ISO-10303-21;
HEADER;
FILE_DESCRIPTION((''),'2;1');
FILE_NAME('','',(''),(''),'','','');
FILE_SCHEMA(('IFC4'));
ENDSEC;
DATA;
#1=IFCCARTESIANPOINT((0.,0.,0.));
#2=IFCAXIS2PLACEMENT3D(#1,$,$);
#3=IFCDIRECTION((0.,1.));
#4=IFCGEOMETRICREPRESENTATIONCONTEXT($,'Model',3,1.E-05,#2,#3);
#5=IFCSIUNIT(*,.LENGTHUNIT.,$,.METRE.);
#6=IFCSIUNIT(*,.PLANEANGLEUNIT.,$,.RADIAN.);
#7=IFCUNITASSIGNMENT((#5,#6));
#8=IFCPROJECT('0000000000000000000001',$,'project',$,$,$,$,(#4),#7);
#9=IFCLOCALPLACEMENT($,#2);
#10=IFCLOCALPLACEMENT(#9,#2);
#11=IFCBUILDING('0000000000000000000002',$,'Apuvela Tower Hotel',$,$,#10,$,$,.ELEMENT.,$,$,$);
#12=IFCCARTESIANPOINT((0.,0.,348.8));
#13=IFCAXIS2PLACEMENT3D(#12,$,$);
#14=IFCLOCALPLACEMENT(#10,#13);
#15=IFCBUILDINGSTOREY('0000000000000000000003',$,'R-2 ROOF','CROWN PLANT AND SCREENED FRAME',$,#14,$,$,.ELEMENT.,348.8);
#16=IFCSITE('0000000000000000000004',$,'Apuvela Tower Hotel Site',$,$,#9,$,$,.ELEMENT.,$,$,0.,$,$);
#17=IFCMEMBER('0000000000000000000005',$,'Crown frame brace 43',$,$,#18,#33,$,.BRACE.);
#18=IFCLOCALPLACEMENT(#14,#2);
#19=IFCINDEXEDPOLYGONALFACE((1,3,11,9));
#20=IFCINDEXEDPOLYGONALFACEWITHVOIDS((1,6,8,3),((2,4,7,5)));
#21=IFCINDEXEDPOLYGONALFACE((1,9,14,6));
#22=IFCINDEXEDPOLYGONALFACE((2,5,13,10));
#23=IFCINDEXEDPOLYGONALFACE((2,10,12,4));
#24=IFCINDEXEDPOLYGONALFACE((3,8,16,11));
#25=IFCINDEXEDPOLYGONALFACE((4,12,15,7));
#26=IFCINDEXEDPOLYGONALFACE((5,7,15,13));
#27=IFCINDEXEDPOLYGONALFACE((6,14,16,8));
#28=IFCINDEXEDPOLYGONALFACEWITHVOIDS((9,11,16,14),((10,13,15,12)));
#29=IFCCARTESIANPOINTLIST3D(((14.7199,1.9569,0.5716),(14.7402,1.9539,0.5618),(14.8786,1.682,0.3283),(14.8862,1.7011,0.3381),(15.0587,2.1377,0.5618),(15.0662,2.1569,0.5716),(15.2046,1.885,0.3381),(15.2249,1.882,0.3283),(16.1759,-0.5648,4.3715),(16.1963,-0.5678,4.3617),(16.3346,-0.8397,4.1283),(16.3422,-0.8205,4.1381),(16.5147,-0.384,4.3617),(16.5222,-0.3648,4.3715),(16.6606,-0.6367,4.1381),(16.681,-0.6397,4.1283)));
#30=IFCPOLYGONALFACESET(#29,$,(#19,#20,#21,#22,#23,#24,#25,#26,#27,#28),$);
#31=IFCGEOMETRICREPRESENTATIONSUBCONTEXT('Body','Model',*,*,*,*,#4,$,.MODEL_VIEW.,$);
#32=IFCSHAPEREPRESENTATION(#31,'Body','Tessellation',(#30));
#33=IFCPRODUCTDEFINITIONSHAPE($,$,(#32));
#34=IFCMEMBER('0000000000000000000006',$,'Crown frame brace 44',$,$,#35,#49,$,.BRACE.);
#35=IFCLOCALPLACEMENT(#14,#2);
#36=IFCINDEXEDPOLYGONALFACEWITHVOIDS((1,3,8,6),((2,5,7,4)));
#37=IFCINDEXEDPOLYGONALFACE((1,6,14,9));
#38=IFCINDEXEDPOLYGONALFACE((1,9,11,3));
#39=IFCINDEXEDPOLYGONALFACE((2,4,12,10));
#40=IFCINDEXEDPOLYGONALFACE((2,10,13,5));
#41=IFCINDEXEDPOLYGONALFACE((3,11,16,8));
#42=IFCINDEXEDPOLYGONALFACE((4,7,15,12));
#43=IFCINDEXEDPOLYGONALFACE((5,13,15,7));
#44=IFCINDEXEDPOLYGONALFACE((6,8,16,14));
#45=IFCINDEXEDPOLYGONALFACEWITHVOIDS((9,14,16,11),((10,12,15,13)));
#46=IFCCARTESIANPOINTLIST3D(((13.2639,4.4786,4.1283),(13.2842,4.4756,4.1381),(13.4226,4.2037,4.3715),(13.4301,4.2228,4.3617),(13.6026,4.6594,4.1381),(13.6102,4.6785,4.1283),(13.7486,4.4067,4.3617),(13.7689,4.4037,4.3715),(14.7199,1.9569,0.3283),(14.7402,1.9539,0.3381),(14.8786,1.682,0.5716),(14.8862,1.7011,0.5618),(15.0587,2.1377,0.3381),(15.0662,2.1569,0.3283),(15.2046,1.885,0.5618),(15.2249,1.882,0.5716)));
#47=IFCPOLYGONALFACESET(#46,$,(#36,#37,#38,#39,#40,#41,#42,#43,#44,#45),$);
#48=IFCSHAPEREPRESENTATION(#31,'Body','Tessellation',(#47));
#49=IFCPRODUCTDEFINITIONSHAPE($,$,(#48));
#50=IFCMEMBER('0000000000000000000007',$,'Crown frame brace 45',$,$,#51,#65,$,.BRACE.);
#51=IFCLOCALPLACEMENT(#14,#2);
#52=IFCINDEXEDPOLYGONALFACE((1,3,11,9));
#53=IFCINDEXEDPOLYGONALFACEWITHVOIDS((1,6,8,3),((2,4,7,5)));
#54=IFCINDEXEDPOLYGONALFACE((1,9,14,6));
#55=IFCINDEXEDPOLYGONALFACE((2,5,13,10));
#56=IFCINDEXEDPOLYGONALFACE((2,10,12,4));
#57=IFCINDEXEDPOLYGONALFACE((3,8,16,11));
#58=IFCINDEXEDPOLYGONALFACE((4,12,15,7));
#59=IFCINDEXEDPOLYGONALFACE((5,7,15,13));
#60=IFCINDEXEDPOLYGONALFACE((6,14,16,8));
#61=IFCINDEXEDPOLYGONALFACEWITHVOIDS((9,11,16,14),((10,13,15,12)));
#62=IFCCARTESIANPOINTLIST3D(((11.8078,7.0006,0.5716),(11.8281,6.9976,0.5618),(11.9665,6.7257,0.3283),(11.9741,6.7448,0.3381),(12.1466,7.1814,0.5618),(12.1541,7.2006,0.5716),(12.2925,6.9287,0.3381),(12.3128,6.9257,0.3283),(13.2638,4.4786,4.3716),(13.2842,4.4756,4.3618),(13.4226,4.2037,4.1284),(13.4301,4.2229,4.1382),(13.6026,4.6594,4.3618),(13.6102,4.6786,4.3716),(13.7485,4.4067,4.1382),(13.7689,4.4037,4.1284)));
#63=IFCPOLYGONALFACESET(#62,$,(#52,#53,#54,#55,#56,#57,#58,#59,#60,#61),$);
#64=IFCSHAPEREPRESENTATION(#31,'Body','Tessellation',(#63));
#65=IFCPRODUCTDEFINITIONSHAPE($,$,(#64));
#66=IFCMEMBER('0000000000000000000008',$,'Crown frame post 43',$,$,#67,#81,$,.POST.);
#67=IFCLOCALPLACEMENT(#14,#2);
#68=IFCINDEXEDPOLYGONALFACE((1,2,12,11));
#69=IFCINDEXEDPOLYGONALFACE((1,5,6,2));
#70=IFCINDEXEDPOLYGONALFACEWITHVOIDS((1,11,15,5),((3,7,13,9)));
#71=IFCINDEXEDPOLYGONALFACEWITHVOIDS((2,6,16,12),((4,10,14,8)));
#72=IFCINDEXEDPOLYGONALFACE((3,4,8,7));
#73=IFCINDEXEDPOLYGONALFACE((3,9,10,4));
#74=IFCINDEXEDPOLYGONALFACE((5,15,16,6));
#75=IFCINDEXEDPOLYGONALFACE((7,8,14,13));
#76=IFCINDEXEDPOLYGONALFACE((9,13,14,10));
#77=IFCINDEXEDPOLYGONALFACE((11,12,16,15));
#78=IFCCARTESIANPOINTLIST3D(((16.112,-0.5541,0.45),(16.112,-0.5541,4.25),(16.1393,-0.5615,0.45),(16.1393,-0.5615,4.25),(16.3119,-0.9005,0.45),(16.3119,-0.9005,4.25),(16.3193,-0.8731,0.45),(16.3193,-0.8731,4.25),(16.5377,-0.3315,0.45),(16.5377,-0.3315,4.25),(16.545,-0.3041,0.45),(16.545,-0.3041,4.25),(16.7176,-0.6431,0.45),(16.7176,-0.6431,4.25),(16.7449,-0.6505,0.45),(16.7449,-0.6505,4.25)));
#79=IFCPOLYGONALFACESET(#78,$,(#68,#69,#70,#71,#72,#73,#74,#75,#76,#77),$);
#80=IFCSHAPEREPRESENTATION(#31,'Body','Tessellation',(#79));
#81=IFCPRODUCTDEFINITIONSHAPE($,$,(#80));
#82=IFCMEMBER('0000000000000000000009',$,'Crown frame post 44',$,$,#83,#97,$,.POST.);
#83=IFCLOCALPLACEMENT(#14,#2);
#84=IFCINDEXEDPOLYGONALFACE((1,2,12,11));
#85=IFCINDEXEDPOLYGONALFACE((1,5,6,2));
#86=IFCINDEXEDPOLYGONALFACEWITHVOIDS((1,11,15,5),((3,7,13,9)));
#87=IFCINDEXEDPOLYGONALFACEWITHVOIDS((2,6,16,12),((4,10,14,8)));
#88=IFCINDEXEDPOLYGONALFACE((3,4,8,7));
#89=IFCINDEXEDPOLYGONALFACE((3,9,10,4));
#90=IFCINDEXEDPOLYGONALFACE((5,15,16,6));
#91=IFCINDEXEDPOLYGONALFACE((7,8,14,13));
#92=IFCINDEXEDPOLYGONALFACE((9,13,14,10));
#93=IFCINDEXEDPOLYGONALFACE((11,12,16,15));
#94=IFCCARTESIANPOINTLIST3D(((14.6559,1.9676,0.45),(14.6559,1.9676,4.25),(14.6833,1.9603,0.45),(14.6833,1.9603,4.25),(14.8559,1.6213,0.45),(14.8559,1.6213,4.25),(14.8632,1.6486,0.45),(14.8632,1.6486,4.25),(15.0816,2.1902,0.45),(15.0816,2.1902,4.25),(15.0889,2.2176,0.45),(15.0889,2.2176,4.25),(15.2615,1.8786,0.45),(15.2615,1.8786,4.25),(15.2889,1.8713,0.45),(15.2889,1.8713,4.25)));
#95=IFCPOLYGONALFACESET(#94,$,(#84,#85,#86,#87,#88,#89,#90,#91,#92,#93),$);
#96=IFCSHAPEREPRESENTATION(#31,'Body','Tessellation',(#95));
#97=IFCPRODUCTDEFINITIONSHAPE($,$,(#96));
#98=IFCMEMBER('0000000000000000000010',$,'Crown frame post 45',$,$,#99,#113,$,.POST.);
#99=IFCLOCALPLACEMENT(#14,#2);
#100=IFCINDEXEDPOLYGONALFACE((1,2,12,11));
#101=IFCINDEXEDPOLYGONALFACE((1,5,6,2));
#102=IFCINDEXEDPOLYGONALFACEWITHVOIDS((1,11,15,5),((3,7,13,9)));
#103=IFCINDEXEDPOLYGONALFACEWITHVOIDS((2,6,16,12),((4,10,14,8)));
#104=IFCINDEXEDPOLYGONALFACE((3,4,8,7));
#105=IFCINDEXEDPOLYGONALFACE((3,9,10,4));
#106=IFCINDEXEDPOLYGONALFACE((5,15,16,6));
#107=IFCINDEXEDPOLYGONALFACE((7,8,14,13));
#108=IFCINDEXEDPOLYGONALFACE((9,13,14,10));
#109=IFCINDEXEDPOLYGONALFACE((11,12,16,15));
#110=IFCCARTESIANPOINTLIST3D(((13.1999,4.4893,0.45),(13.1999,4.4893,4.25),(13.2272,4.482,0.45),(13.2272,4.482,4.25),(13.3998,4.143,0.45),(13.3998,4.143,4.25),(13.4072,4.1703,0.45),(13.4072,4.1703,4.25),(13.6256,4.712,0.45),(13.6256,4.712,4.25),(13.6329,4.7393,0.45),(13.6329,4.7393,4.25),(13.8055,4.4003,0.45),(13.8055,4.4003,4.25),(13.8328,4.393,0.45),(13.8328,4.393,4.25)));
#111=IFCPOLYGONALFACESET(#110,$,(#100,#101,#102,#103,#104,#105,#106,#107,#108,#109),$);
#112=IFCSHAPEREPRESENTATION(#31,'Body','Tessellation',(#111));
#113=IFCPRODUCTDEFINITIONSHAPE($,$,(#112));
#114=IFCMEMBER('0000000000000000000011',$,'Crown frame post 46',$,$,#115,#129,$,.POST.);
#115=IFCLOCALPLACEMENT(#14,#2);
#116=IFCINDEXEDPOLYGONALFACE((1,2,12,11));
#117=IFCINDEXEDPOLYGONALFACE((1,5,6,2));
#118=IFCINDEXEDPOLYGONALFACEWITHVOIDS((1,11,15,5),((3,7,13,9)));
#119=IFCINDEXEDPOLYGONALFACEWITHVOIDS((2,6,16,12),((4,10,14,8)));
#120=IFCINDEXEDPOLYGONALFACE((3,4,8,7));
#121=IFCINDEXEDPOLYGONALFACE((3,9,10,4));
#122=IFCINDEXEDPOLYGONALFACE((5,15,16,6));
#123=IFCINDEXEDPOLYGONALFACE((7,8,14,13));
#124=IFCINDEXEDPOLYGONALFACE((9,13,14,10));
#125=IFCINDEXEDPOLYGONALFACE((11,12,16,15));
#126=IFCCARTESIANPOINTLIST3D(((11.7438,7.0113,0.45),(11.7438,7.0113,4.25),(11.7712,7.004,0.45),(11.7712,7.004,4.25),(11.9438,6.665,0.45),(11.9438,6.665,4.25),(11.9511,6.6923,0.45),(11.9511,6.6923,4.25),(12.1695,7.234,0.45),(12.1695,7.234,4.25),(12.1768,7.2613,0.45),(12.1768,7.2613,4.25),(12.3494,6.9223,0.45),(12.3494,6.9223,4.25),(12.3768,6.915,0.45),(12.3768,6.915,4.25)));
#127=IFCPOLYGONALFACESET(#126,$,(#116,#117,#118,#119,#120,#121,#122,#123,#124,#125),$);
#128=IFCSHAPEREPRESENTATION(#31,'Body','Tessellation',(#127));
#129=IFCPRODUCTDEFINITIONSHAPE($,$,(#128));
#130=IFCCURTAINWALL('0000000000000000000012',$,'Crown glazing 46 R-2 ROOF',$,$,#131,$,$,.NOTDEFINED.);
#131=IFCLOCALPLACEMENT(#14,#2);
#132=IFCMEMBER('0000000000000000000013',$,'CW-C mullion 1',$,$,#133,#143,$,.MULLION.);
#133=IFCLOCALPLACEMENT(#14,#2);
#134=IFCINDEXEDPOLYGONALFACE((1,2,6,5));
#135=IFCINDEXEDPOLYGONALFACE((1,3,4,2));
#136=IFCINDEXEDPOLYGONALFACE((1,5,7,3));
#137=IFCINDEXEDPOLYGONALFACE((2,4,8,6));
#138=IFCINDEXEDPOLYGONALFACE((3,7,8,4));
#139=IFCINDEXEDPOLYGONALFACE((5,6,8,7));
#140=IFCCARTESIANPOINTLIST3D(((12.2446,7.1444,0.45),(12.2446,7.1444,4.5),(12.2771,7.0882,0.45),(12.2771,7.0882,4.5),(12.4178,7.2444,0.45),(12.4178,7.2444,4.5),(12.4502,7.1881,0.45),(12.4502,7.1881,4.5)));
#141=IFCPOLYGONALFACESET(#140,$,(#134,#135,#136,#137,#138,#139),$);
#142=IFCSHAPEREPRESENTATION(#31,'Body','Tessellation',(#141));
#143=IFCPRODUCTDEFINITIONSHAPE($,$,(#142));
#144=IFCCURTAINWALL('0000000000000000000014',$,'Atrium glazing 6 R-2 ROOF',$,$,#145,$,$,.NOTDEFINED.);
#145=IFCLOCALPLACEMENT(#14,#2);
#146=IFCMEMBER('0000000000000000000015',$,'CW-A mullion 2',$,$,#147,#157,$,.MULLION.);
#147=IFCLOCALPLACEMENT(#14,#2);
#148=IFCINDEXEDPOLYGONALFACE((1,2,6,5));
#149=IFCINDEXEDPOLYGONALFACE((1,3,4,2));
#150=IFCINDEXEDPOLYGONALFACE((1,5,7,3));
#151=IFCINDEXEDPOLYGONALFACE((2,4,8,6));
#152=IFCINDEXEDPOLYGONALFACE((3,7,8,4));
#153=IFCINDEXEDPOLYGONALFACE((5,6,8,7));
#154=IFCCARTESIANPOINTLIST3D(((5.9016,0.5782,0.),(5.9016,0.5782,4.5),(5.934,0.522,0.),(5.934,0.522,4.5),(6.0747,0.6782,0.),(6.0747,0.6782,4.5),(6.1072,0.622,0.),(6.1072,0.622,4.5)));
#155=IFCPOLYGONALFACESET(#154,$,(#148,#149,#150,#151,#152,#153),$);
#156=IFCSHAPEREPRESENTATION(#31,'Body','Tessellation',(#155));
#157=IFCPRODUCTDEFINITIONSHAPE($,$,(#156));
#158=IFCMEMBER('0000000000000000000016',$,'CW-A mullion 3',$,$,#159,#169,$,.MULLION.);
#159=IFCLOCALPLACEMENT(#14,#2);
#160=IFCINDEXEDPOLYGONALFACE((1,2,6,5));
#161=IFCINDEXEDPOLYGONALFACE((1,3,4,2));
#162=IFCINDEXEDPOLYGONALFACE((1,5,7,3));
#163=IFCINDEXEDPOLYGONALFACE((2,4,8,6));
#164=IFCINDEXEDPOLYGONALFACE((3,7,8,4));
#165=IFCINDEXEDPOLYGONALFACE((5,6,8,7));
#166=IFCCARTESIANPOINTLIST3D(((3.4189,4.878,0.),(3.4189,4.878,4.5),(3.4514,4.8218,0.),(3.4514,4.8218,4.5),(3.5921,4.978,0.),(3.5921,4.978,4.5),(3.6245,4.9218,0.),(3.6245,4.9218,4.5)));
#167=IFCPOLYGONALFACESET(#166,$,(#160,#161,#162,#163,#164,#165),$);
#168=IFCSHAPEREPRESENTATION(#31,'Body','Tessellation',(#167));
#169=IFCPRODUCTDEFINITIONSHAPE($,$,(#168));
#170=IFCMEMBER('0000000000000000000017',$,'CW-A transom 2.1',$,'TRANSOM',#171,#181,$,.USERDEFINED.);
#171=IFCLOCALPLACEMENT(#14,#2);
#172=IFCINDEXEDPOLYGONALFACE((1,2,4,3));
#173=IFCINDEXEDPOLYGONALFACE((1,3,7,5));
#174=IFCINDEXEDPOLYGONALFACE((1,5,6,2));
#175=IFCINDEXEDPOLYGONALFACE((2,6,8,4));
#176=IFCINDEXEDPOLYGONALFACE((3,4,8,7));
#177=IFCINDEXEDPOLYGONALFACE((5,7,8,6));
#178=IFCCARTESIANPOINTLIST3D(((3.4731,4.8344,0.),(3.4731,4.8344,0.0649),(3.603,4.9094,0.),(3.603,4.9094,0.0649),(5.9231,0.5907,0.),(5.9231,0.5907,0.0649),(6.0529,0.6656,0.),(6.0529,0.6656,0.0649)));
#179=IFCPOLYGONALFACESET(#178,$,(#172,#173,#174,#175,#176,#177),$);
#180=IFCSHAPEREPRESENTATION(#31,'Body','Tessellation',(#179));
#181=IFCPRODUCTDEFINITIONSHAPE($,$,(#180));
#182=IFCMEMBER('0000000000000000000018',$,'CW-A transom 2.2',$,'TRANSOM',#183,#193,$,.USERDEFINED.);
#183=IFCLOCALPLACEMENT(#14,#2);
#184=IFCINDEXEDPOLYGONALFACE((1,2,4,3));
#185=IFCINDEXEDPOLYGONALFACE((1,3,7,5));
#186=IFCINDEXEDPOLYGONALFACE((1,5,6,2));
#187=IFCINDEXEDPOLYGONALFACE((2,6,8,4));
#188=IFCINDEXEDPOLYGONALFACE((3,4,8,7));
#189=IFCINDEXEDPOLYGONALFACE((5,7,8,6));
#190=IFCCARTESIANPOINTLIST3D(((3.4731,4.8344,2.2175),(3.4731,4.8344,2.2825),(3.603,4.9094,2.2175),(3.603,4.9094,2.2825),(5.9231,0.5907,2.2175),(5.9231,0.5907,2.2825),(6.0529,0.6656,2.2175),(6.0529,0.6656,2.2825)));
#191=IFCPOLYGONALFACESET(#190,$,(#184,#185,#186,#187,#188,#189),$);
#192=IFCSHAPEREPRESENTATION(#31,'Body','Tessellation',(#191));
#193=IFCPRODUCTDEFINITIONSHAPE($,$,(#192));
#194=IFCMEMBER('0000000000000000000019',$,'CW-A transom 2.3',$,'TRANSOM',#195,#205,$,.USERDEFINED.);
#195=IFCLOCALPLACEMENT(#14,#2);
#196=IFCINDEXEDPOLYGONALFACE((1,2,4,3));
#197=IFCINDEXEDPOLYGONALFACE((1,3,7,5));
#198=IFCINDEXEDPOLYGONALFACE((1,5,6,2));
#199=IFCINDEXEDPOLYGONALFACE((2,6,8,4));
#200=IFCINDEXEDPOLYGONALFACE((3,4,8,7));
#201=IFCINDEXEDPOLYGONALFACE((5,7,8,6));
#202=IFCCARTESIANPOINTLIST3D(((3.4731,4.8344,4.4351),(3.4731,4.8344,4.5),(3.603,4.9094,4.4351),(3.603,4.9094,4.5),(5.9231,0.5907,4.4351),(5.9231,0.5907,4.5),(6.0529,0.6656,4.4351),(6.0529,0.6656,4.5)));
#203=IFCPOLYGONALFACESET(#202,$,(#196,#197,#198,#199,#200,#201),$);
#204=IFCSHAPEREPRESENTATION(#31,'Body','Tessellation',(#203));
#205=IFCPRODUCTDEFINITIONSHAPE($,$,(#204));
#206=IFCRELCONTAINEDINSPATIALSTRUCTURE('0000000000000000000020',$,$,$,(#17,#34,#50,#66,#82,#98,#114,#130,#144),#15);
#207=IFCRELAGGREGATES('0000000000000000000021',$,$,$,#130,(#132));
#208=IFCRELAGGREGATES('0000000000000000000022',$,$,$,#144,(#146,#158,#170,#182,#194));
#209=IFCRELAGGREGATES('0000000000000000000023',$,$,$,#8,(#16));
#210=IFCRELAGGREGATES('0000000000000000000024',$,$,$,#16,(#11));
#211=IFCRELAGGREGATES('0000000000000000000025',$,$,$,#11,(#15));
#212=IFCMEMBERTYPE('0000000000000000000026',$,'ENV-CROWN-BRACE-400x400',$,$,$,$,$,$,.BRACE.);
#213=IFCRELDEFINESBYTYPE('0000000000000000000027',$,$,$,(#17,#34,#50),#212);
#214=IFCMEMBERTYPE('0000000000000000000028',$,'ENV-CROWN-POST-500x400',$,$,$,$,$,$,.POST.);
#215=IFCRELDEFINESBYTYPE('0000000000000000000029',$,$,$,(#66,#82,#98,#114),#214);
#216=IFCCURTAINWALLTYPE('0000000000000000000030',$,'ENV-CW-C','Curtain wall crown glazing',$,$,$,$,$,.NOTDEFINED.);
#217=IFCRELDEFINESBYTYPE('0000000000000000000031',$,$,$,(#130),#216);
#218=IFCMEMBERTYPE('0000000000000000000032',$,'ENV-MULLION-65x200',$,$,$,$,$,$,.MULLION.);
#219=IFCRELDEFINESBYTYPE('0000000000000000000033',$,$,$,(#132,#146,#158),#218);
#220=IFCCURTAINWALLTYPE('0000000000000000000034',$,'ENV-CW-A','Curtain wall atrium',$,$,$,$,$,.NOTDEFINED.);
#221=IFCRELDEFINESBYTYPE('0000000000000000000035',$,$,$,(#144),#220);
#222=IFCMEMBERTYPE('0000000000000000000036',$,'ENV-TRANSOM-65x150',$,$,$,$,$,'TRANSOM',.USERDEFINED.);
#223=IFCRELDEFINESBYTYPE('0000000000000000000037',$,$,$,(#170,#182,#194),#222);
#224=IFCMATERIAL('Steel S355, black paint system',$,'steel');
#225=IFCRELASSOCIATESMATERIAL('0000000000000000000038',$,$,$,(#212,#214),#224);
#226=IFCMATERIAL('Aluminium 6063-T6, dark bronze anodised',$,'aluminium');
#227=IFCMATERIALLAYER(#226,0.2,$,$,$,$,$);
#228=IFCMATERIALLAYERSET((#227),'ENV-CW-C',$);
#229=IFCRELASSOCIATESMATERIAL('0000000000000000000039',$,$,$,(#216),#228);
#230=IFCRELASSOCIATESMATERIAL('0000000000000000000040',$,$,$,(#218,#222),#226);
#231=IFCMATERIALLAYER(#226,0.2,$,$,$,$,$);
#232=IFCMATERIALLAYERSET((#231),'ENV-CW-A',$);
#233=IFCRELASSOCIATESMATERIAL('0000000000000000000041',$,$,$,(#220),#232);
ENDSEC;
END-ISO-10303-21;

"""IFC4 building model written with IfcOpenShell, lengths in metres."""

from ifc_helpers import new_model, si_unit, direction, frame, origin, origin_2d, place, context, subcontext, project, spatial, rectangle, hollow_rectangle, extrude, material, layer, layer_set, material_profile, profile_set, type_object, element, aggregate, save


model = new_model("IFC4")

# Units and contexts
model_context = context("Model", 3, precision=1e-05, world=origin(), true_north=direction((0.0, 1.0)))
body_context = subcontext(model_context, "Body", "Model", "MODEL_VIEW")
ifc_project = project(units=[si_unit("LENGTHUNIT", "METRE"), si_unit("PLANEANGLEUNIT", "RADIAN")], contexts=[model_context])

# Site, building, storey
site_placement = place(None, origin())
site = spatial("IfcSite", under=ifc_project, at=site_placement, Name="Apuvela Tower Hotel Site", CompositionType="ELEMENT", RefElevation=0.0)
building_placement = place(site_placement, origin())
building = spatial("IfcBuilding", under=site, at=building_placement, Name="Apuvela Tower Hotel", CompositionType="ELEMENT")
storey_placement = place(building_placement, frame((0.0, 0.0, 348.8)))
storey = spatial("IfcBuildingStorey", under=building, at=storey_placement, Name="R-2 ROOF", Description="CROWN PLANT AND SCREENED FRAME", CompositionType="ELEMENT", Elevation=348.8)

# Members
ifc_material_1 = material(Name="Steel S355, black paint system", Category="steel")
ifc_material_profile_1 = material_profile(ifc_material_1, hollow_rectangle(XDim=0.3999, YDim=0.3999, WallThickness=0.0161, at=origin_2d()), Name="HSS 400x400x16")
ifc_profile_set_1 = profile_set([ifc_material_profile_1], Name="Steel S355, black paint system")
member_type_1 = type_object("IfcMemberType", Name="ENV-CROWN-BRACE-400x400", PredefinedType="BRACE", material=ifc_profile_set_1)
for number, where, z_axis, x_axis, name in (
    (1, (14.9724, 1.9194, 0.45), (0.304141, -0.526738, 0.793754), (0.866005, 0.500035, 0.0), "Crown frame brace 43"),
    (2, (14.9724, 1.9194, 0.45), (-0.304141, 0.526738, 0.793754), (-0.866005, -0.500035, 0.0), "Crown frame brace 44"),
):
    element("IfcMember", number, at=place(storey_placement, frame(where, z_axis=z_axis, x_axis=x_axis)), inside=storey, type_object=member_type_1, Name=name, PredefinedType="BRACE", context=body_context, shape_type="SweptSolid", body=[
        extrude(hollow_rectangle(XDim=0.3999, YDim=0.3999, WallThickness=0.0161, at=origin_2d()), origin(), (0.0, 0.0, 1.0), 4.7874),
    ])
member_1_placement = place(storey_placement, frame((12.0603, 6.9631, 0.45), z_axis=(0.304132, -0.526775, 0.793733), x_axis=(0.866026, 0.499998, 0.0)))
element("IfcMember", 3, at=member_1_placement, inside=storey, type_object=member_type_1, Name="Crown frame brace 45", PredefinedType="BRACE", context=body_context, shape_type="SweptSolid", body=[
    extrude(hollow_rectangle(XDim=0.3999, YDim=0.3999, WallThickness=0.0161, at=origin_2d()), origin(), (0.0, 0.0, 1.0), 4.7876),
])
ifc_material_profile_2 = material_profile(ifc_material_1, hollow_rectangle(XDim=0.3999, YDim=0.5, WallThickness=0.02, at=origin_2d()), Name="HSS 500x400x20")
ifc_profile_set_2 = profile_set([ifc_material_profile_2], Name="Steel S355, black paint system")
member_type_2 = type_object("IfcMemberType", Name="ENV-CROWN-POST-500x400", PredefinedType="POST", material=ifc_profile_set_2)
for number, where, z_axis, x_axis, name in (
    (4, (16.4285, -0.6023, 0.45), (0.0, 0.0, 1.0), (-0.5, 0.866025, 0.0), "Crown frame post 43"),
    (5, (14.9724, 1.9194, 0.45), (0.0, 0.0, 1.0), (-0.5, 0.866025, 0.0), "Crown frame post 44"),
    (6, (13.5164, 4.4412, 0.45), (0.0, 0.0, 1.0), (-0.5, 0.866025, 0.0), "Crown frame post 45"),
    (7, (12.0603, 6.9631, 0.45), (0.0, 0.0, 1.0), (-0.5, 0.866025, 0.0), "Crown frame post 46"),
):
    element("IfcMember", number, at=place(storey_placement, frame(where, z_axis=z_axis, x_axis=x_axis)), inside=storey, type_object=member_type_2, Name=name, PredefinedType="POST", context=body_context, shape_type="SweptSolid", body=[
        extrude(hollow_rectangle(XDim=0.3999, YDim=0.5, WallThickness=0.02, at=origin_2d()), origin(), (0.0, 0.0, 1.0), 3.8),
    ])

# Curtain wall, member
ifc_material_2 = material(Name="Aluminium 6063-T6, dark bronze anodised", Category="aluminium")
ifc_layer_1 = layer(ifc_material_2, 0.2)
ifc_layer_set_1 = layer_set([ifc_layer_1], Name="ENV-CW-C")
curtain_wall_type_1 = type_object("IfcCurtainWallType", Name="ENV-CW-C", Description="Curtain wall crown glazing", PredefinedType="NOTDEFINED", material=ifc_layer_set_1)
curtain_wall_1_placement = place(storey_placement, origin())
curtain_wall_1 = element("IfcCurtainWall", 8, at=curtain_wall_1_placement, inside=storey, type_object=curtain_wall_type_1, Name="Crown glazing 46 R-2 ROOF", PredefinedType="NOTDEFINED")
ifc_material_profile_3 = material_profile(ifc_material_2, rectangle(XDim=0.2, YDim=0.0649, at=origin_2d()), Name="AL 65x200")
ifc_profile_set_3 = profile_set([ifc_material_profile_3], Name="Aluminium 6063-T6, dark bronze anodised")
member_type_3 = type_object("IfcMemberType", Name="ENV-MULLION-65x200", PredefinedType="MULLION", material=ifc_profile_set_3)
member_2_placement = place(storey_placement, frame((12.3474, 7.1663, 0.45), z_axis=(0.0, 0.0, 1.0), x_axis=(-0.866022, -0.500006, 0.0)))
member_2 = element("IfcMember", 9, at=member_2_placement, type_object=member_type_3, Name="CW-C mullion 1", PredefinedType="MULLION", context=body_context, shape_type="SweptSolid", body=[
    extrude(rectangle(XDim=0.2, YDim=0.0649, at=origin_2d()), origin(), (0.0, 0.0, 1.0), 4.05),
])
aggregate(curtain_wall_1, [member_2])

# Curtain wall, members
ifc_layer_2 = layer(ifc_material_2, 0.2)
ifc_layer_set_2 = layer_set([ifc_layer_2], Name="ENV-CW-A")
curtain_wall_type_2 = type_object("IfcCurtainWallType", Name="ENV-CW-A", Description="Curtain wall atrium", PredefinedType="NOTDEFINED", material=ifc_layer_set_2)
curtain_wall_2_placement = place(storey_placement, origin())
curtain_wall_2 = element("IfcCurtainWall", 10, at=curtain_wall_2_placement, inside=storey, type_object=curtain_wall_type_2, Name="Atrium glazing 6 R-2 ROOF", PredefinedType="NOTDEFINED")
member_3_placement = place(storey_placement, frame((6.0044, 0.6001, 0.0), z_axis=(0.0, 0.0, 1.0), x_axis=(-0.866026, -0.499999, 0.0)))
member_3 = element("IfcMember", 11, at=member_3_placement, type_object=member_type_3, Name="CW-A mullion 2", PredefinedType="MULLION", context=body_context, shape_type="SweptSolid", body=[
    extrude(rectangle(XDim=0.2, YDim=0.0649, at=origin_2d()), origin(), (0.0, 0.0, 1.0), 4.5),
])
member_4_placement = place(storey_placement, frame((3.5217, 4.8999, 0.0), z_axis=(0.0, 0.0, 1.0), x_axis=(-0.866026, -0.499999, 0.0)))
member_4 = element("IfcMember", 12, at=member_4_placement, type_object=member_type_3, Name="CW-A mullion 3", PredefinedType="MULLION", context=body_context, shape_type="SweptSolid", body=[
    extrude(rectangle(XDim=0.2, YDim=0.0649, at=origin_2d()), origin(), (0.0, 0.0, 1.0), 4.5),
])
ifc_material_profile_4 = material_profile(ifc_material_2, rectangle(XDim=0.1499, YDim=0.0649, at=origin_2d()), Name="AL 65x150 transom")
ifc_profile_set_4 = profile_set([ifc_material_profile_4], Name="Aluminium 6063-T6, dark bronze anodised")
member_type_4 = type_object("IfcMemberType", Name="ENV-TRANSOM-65x150", ElementType="TRANSOM", PredefinedType="USERDEFINED", material=ifc_profile_set_4)
member_5_placement = place(storey_placement, frame((5.988, 0.6282, 0.0325), z_axis=(-0.499981, 0.866036, 0.0), x_axis=(-0.866036, -0.499981, 0.0)))
member_5 = element("IfcMember", 13, at=member_5_placement, type_object=member_type_4, Name="CW-A transom 2.1", ObjectType="TRANSOM", PredefinedType="USERDEFINED", context=body_context, shape_type="SweptSolid", body=[
    extrude(rectangle(XDim=0.1499, YDim=0.0649, at=origin_2d()), origin(), (0.0, 0.0, 1.0), 4.9001),
])
member_6_placement = place(storey_placement, frame((5.988, 0.6282, 2.25), z_axis=(-0.499981, 0.866036, 0.0), x_axis=(-0.866036, -0.499981, 0.0)))
member_6 = element("IfcMember", 14, at=member_6_placement, type_object=member_type_4, Name="CW-A transom 2.2", ObjectType="TRANSOM", PredefinedType="USERDEFINED", context=body_context, shape_type="SweptSolid", body=[
    extrude(rectangle(XDim=0.1499, YDim=0.0649, at=origin_2d()), origin(), (0.0, 0.0, 1.0), 4.9001),
])
member_7_placement = place(storey_placement, frame((5.988, 0.6282, 4.4675), z_axis=(-0.499981, 0.866036, 0.0), x_axis=(-0.866036, -0.499981, 0.0)))
member_7 = element("IfcMember", 15, at=member_7_placement, type_object=member_type_4, Name="CW-A transom 2.3", ObjectType="TRANSOM", PredefinedType="USERDEFINED", context=body_context, shape_type="SweptSolid", body=[
    extrude(rectangle(XDim=0.1499, YDim=0.0649, at=origin_2d()), origin(), (0.0, 0.0, 1.0), 4.9001),
])

aggregate(curtain_wall_2, [member_3, member_4, member_5, member_6, member_7])

save(model, "model.ifc")
